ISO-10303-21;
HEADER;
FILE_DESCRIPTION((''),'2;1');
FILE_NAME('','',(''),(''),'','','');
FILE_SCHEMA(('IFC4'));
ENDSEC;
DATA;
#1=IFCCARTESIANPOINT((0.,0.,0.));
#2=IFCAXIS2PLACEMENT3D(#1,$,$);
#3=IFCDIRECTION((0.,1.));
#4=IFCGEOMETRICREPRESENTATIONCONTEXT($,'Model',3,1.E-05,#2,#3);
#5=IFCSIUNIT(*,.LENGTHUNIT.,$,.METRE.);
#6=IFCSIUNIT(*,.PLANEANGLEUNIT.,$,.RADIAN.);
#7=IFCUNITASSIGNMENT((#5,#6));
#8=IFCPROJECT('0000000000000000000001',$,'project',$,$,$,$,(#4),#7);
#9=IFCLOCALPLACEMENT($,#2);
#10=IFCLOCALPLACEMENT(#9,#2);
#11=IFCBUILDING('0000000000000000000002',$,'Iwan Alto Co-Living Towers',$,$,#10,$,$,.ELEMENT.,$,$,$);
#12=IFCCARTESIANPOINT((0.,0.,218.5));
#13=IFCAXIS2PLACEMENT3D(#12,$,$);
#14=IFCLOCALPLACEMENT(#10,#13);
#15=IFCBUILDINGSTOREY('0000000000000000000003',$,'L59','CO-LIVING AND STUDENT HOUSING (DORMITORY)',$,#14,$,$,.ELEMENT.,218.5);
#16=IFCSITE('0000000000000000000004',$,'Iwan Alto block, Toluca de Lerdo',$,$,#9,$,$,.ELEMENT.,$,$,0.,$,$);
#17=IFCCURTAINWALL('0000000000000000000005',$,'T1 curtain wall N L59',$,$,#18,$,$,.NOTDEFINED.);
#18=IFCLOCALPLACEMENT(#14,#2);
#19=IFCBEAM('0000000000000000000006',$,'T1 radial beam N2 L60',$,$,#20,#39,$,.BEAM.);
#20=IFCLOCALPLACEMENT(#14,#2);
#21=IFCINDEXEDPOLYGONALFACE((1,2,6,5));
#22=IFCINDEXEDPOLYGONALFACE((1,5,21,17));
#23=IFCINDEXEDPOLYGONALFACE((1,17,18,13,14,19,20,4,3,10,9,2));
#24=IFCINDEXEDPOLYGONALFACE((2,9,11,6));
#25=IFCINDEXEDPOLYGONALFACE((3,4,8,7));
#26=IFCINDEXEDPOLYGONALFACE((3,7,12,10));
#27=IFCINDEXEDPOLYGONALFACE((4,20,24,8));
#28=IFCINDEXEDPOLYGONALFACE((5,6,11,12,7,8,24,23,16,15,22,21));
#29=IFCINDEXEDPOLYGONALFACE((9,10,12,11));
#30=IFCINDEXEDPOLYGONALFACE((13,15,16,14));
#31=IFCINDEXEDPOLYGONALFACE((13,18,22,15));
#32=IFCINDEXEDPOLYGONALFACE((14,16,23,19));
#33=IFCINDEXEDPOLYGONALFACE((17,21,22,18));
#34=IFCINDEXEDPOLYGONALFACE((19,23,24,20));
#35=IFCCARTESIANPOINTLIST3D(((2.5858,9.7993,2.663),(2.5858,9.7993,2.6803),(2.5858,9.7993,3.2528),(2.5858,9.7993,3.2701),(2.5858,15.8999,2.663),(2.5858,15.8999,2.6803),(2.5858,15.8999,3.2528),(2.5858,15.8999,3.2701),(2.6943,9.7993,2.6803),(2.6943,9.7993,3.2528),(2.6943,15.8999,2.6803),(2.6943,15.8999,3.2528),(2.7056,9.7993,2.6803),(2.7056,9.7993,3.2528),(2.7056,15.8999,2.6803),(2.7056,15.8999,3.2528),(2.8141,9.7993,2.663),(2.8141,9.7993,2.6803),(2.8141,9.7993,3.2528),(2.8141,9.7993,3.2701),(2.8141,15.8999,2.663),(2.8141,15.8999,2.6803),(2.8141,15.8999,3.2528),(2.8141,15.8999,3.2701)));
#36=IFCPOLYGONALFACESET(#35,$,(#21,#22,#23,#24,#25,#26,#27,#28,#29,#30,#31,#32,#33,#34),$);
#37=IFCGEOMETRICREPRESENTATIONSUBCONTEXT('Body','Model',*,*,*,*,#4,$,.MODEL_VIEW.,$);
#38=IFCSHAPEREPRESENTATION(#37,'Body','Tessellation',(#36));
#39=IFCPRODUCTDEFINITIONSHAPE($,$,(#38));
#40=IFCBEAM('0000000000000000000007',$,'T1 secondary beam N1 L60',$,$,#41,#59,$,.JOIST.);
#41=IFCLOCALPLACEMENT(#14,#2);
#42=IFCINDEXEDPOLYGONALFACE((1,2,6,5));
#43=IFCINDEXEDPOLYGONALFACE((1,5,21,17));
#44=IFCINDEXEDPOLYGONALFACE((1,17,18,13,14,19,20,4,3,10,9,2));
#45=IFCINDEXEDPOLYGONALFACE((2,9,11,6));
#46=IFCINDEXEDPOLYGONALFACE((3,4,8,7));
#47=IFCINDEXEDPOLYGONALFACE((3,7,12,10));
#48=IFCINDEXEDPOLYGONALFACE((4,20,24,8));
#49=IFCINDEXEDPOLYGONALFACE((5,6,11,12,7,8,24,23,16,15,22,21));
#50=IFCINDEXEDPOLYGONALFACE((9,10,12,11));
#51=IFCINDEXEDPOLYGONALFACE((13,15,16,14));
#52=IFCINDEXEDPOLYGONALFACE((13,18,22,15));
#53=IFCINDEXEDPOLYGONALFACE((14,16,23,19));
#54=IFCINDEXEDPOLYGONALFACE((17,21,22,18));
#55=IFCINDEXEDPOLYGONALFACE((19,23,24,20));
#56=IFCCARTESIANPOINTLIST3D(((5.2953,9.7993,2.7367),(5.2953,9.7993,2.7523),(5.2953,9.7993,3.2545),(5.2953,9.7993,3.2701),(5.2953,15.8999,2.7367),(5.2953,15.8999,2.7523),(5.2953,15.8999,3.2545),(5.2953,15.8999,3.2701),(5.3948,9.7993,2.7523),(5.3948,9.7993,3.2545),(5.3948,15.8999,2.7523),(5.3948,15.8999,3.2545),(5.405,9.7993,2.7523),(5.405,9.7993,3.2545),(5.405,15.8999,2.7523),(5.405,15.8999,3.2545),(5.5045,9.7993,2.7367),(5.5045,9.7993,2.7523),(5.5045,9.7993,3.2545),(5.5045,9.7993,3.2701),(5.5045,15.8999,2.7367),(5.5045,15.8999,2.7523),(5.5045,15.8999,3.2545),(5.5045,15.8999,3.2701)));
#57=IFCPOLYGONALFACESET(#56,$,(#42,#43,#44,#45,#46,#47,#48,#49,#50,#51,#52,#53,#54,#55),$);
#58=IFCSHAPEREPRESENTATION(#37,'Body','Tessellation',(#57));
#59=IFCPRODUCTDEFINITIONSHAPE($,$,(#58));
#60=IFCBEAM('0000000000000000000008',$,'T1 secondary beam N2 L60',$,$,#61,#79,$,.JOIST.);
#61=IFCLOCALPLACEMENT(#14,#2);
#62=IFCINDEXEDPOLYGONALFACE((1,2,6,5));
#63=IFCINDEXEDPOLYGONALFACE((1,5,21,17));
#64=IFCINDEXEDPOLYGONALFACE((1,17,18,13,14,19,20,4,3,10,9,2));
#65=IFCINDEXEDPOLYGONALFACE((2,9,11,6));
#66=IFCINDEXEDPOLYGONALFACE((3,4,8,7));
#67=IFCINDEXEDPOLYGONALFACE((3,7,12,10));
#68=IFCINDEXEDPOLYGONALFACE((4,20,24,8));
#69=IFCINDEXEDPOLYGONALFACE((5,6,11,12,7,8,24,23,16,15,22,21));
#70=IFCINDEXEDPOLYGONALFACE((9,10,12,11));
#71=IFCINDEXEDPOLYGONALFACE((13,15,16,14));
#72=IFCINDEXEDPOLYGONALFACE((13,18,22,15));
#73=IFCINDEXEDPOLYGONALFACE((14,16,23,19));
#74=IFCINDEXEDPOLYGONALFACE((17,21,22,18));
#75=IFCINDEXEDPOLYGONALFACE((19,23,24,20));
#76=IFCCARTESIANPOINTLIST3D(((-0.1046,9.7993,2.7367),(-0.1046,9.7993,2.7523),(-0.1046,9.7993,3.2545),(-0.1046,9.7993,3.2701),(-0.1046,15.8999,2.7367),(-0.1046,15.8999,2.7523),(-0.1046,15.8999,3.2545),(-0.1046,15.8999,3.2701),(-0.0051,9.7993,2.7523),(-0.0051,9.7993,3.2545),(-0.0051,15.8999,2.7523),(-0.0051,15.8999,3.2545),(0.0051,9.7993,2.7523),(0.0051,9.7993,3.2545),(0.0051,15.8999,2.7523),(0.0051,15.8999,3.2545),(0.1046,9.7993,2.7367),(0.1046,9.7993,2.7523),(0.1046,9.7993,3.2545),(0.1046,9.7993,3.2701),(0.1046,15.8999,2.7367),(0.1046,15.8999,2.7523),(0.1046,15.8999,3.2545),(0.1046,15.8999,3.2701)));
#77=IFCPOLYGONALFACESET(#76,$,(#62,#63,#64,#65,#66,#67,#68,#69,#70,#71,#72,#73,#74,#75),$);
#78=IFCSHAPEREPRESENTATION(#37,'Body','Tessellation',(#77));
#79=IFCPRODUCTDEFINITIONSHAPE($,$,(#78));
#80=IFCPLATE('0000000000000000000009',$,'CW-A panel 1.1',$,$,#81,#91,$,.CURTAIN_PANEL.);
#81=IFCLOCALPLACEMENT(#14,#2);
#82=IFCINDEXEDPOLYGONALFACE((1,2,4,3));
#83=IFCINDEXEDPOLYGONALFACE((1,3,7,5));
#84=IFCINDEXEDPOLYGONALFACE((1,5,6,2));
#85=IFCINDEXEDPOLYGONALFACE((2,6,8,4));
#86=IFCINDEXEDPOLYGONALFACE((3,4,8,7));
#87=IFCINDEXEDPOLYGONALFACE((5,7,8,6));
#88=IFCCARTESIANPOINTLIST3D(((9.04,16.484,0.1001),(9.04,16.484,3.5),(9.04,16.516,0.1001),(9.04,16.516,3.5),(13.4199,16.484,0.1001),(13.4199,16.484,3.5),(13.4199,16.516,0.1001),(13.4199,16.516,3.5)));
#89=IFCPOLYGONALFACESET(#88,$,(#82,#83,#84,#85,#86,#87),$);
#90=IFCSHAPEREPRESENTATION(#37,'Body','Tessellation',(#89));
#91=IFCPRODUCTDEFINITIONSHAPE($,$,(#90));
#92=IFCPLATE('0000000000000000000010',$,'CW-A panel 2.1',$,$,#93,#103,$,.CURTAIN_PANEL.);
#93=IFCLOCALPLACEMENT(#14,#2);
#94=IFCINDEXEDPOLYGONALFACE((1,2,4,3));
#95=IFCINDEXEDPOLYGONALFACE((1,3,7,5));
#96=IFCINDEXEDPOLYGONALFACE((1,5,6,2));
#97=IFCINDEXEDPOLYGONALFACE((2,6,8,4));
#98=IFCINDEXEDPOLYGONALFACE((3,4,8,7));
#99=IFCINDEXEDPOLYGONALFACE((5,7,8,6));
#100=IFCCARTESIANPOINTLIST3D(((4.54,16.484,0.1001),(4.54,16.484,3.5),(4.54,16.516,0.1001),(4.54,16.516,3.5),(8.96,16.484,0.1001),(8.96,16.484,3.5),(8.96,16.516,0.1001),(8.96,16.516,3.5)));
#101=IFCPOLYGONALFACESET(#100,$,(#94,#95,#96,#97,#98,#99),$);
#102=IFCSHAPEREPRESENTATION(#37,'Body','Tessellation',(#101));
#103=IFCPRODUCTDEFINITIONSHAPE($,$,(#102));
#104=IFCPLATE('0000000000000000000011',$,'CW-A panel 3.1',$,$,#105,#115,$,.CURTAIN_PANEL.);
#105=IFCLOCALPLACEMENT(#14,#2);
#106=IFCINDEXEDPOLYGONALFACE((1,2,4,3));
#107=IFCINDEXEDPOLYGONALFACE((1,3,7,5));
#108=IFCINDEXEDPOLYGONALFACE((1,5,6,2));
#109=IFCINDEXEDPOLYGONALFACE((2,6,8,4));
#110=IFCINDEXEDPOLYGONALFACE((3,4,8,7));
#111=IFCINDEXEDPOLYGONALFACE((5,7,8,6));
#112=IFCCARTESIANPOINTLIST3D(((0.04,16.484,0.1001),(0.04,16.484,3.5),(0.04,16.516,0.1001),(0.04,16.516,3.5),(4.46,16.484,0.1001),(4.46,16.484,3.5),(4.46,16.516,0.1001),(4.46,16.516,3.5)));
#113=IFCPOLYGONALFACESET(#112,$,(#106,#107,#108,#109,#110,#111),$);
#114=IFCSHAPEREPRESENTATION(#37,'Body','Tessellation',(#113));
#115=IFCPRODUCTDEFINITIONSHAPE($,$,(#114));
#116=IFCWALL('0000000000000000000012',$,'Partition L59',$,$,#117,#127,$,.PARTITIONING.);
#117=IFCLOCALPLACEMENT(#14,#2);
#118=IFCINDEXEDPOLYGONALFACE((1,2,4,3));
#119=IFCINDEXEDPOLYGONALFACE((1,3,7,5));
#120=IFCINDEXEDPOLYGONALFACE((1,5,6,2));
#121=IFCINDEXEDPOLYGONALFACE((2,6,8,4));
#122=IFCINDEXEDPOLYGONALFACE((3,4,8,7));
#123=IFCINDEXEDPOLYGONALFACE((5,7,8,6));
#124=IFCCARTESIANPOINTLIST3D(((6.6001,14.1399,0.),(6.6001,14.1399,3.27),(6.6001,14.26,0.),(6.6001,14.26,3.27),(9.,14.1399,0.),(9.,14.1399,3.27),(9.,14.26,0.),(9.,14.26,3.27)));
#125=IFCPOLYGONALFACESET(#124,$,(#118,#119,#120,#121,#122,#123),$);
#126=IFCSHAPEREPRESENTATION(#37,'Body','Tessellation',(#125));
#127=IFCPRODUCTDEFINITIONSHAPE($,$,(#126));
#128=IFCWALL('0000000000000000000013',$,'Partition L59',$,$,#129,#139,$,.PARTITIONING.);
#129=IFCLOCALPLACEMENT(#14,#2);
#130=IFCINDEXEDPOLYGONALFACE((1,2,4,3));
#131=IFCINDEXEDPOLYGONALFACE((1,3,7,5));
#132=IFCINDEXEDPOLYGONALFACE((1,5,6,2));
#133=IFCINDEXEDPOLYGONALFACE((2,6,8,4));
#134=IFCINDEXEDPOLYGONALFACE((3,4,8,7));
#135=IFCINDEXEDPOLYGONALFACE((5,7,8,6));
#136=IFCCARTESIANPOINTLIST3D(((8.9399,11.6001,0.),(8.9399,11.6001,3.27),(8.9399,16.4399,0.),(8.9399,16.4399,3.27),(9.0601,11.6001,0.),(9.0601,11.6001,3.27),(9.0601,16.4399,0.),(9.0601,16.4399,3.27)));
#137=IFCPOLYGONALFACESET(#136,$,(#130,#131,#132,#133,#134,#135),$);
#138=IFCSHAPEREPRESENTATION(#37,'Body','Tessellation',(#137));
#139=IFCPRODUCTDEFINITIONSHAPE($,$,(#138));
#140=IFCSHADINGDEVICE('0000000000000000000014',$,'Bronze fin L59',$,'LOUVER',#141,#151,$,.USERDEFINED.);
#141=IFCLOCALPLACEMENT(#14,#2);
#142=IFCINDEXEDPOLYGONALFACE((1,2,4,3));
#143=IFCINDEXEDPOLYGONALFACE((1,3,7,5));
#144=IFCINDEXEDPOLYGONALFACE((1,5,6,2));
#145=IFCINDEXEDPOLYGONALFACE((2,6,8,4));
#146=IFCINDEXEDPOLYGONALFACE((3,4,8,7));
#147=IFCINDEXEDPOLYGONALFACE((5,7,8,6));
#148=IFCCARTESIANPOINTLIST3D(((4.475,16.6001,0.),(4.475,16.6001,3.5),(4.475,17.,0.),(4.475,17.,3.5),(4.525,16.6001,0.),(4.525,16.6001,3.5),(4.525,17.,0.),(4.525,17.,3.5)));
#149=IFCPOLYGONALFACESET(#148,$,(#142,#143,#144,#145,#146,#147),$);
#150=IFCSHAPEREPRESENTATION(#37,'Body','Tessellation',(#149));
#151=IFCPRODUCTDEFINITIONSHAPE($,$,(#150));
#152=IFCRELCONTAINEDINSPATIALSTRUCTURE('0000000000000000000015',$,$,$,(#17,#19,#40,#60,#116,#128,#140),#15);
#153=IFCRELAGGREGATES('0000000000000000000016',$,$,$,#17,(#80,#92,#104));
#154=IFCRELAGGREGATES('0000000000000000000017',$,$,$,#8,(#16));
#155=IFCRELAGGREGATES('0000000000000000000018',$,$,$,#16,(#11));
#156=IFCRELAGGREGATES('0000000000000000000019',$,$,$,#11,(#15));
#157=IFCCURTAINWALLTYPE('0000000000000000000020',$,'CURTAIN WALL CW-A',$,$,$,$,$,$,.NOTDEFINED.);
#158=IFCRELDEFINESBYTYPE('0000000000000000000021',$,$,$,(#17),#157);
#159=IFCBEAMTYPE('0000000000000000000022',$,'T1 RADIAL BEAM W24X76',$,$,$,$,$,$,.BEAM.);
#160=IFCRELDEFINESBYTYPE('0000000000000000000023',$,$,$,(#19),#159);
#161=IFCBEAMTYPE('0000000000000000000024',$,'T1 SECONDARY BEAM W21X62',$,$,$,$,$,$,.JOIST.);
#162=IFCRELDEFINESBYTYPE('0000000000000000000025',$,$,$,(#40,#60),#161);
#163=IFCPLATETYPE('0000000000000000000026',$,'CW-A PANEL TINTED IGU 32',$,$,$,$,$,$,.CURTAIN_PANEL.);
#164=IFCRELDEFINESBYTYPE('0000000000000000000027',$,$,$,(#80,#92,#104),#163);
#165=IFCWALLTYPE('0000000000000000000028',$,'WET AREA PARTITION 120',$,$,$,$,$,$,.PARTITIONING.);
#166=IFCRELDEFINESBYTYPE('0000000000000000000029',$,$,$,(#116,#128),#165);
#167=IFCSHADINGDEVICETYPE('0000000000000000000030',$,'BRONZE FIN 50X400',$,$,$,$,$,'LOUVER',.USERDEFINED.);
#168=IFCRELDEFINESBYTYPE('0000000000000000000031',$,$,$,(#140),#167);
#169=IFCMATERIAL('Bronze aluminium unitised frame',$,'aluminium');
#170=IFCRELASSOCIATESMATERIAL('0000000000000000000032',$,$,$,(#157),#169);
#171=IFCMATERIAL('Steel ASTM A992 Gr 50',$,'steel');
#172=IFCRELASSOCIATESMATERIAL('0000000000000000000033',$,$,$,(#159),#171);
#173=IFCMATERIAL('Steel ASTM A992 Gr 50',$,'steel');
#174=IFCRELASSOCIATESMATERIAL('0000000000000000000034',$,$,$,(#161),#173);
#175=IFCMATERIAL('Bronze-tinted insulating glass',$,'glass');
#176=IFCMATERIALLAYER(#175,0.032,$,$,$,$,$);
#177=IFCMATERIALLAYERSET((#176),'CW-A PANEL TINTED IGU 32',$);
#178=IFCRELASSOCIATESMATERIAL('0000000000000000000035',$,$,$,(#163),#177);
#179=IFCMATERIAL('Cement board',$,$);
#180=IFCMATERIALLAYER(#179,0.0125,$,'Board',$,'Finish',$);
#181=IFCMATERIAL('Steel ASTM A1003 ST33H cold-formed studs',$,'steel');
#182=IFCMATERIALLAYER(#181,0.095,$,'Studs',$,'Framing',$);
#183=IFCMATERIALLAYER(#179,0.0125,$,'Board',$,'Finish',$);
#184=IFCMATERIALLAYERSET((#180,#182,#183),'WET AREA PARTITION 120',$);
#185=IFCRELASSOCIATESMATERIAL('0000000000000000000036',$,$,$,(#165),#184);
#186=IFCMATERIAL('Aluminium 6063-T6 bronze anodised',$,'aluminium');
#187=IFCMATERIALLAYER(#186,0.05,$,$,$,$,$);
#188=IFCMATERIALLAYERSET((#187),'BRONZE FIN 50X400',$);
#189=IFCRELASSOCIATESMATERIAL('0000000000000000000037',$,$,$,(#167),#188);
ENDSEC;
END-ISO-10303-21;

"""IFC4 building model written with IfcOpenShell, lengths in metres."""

from ifc_helpers import new_model, si_unit, direction, frame, frame_2d, origin, origin_2d, place, context, subcontext, project, spatial, rectangle, i_section, extrude, material, layer, layer_set, material_profile, profile_set, type_object, element, aggregate, save


model = new_model("IFC4")

# Units and contexts
model_context = context("Model", 3, precision=1e-05, world=origin(), true_north=direction((0.0, 1.0)))
body_context = subcontext(model_context, "Body", "Model", "MODEL_VIEW")
ifc_project = project(units=[si_unit("LENGTHUNIT", "METRE"), si_unit("PLANEANGLEUNIT", "RADIAN")], contexts=[model_context])

# Site, building, storey
site_placement = place(None, origin())
site = spatial("IfcSite", under=ifc_project, at=site_placement, Name="Iwan Alto block, Toluca de Lerdo", CompositionType="ELEMENT", RefElevation=0.0)
building_placement = place(site_placement, origin())
building = spatial("IfcBuilding", under=site, at=building_placement, Name="Iwan Alto Co-Living Towers", CompositionType="ELEMENT")
storey_placement = place(building_placement, frame((0.0, 0.0, 218.5)))
storey = spatial("IfcBuildingStorey", under=building, at=storey_placement, Name="L59", Description="CO-LIVING AND STUDENT HOUSING (DORMITORY)", CompositionType="ELEMENT", Elevation=218.5)

# Curtain wall
ifc_material_1 = material(Name="Bronze aluminium unitised frame", Category="aluminium")
curtain_wall_type = type_object("IfcCurtainWallType", Name="CURTAIN WALL CW-A", PredefinedType="NOTDEFINED", material=ifc_material_1)
curtain_wall_placement = place(storey_placement, origin())
curtain_wall = element("IfcCurtainWall", 1, at=curtain_wall_placement, inside=storey, type_object=curtain_wall_type, Name="T1 curtain wall N L59", PredefinedType="NOTDEFINED")

# Beams
ifc_material_2 = material(Name="Steel ASTM A992 Gr 50", Category="steel")
ifc_material_profile_1 = material_profile(ifc_material_2, i_section(OverallWidth=0.2283, OverallDepth=0.6072, WebThickness=0.0112, FlangeThickness=0.0173, at=origin_2d()), Name="W24X76")
ifc_profile_set_1 = profile_set([ifc_material_profile_1], Name="Steel ASTM A992 Gr 50")
beam_type_1 = type_object("IfcBeamType", Name="T1 RADIAL BEAM W24X76", PredefinedType="BEAM", material=ifc_profile_set_1)
for number, where, z_axis, x_axis, name in (
    (2, (2.7, 15.8999, 2.9666), (0.0, -1.0, 0.0), (1.0, 0.0, 0.0), "T1 radial beam N2 L60"),
):
    element("IfcBeam", number, at=place(storey_placement, frame(where, z_axis=z_axis, x_axis=x_axis)), inside=storey, type_object=beam_type_1, Name=name, PredefinedType="BEAM", context=body_context, shape_type="SweptSolid", body=[
        extrude(i_section(OverallWidth=0.2283, OverallDepth=0.6072, WebThickness=0.0112, FlangeThickness=0.0173, at=origin_2d()), origin(), (0.0, 0.0, 1.0), 6.1006),
    ])
ifc_material_3 = material(Name="Steel ASTM A992 Gr 50", Category="steel")
ifc_material_profile_2 = material_profile(ifc_material_3, i_section(OverallWidth=0.2092, OverallDepth=0.5334, WebThickness=0.0103, FlangeThickness=0.0156, at=origin_2d()), Name="W21X62")
ifc_profile_set_2 = profile_set([ifc_material_profile_2], Name="Steel ASTM A992 Gr 50")
beam_type_2 = type_object("IfcBeamType", Name="T1 SECONDARY BEAM W21X62", PredefinedType="JOIST", material=ifc_profile_set_2)
for number, where, z_axis, x_axis, name in (
    (3, (5.3999, 15.8999, 3.0034), (0.0, -1.0, 0.0), (1.0, 0.0, 0.0), "T1 secondary beam N1 L60"),
    (4, (0.0, 15.8999, 3.0034), (0.0, -1.0, 0.0), (1.0, 0.0, 0.0), "T1 secondary beam N2 L60"),
):
    element("IfcBeam", number, at=place(storey_placement, frame(where, z_axis=z_axis, x_axis=x_axis)), inside=storey, type_object=beam_type_2, Name=name, PredefinedType="JOIST", context=body_context, shape_type="SweptSolid", body=[
        extrude(i_section(OverallWidth=0.2092, OverallDepth=0.5334, WebThickness=0.0103, FlangeThickness=0.0156, at=origin_2d()), origin(), (0.0, 0.0, 1.0), 6.1006),
    ])

# Plates
ifc_material_4 = material(Name="Bronze-tinted insulating glass", Category="glass")
ifc_layer_1 = layer(ifc_material_4, 0.032)
ifc_layer_set_1 = layer_set([ifc_layer_1], Name="CW-A PANEL TINTED IGU 32")
plate_type = type_object("IfcPlateType", Name="CW-A PANEL TINTED IGU 32", PredefinedType="CURTAIN_PANEL", material=ifc_layer_set_1)
plate_1_placement = place(storey_placement, frame((11.23, 16.5, 0.1001), z_axis=(0.0, 0.0, 1.0), x_axis=(-1.0, 0.0, 0.0)))
plate_1 = element("IfcPlate", 5, at=plate_1_placement, type_object=plate_type, Name="CW-A panel 1.1", PredefinedType="CURTAIN_PANEL", context=body_context, shape_type="SweptSolid", body=[
    extrude(rectangle(XDim=4.3799, YDim=0.032, at=origin_2d()), origin(), (0.0, 0.0, 1.0), 3.3999),
])
plate_2_placement = place(storey_placement, frame((6.75, 16.5, 0.1001), z_axis=(0.0, 0.0, 1.0), x_axis=(-1.0, 0.0, 0.0)))
plate_2 = element("IfcPlate", 6, at=plate_2_placement, type_object=plate_type, Name="CW-A panel 2.1", PredefinedType="CURTAIN_PANEL", context=body_context, shape_type="SweptSolid", body=[
    extrude(rectangle(XDim=4.4199, YDim=0.032, at=origin_2d()), origin(), (0.0, 0.0, 1.0), 3.3999),
])
plate_3_placement = place(storey_placement, frame((2.25, 16.5, 0.1001), z_axis=(0.0, 0.0, 1.0), x_axis=(-1.0, 0.0, 0.0)))
plate_3 = element("IfcPlate", 7, at=plate_3_placement, type_object=plate_type, Name="CW-A panel 3.1", PredefinedType="CURTAIN_PANEL", context=body_context, shape_type="SweptSolid", body=[
    extrude(rectangle(XDim=4.4199, YDim=0.032, at=origin_2d()), origin(), (0.0, 0.0, 1.0), 3.3999),
])
aggregate(curtain_wall, [plate_1, plate_2, plate_3])

# Walls
ifc_material_5 = material(Name="Cement board")
ifc_layer_2 = layer(ifc_material_5, 0.0125, Name="Board", Category="Finish")
ifc_material_6 = material(Name="Steel ASTM A1003 ST33H cold-formed studs", Category="steel")
ifc_layer_3 = layer(ifc_material_6, 0.095, Name="Studs", Category="Framing")
ifc_layer_4 = layer(ifc_material_5, 0.0125, Name="Board", Category="Finish")
ifc_layer_set_2 = layer_set([ifc_layer_2, ifc_layer_3, ifc_layer_4], Name="WET AREA PARTITION 120")
wall_type = type_object("IfcWallType", Name="WET AREA PARTITION 120", PredefinedType="PARTITIONING", material=ifc_layer_set_2)
wall_1_placement = place(storey_placement, frame((6.6001, 14.2, 0.0), z_axis=(0.0, 0.0, 1.0), x_axis=(1.0, 0.0, 0.0)))
element("IfcWall", 8, at=wall_1_placement, inside=storey, type_object=wall_type, Name="Partition L59", PredefinedType="PARTITIONING", context=body_context, shape_type="SweptSolid", body=[
    extrude(rectangle(XDim=2.3999, YDim=0.1201, at=frame_2d((1.2, 0.0))), origin(), (0.0, 0.0, 1.0), 3.27),
])
wall_2_placement = place(storey_placement, frame((9.0, 11.6001, 0.0), z_axis=(0.0, 0.0, 1.0), x_axis=(0.0, 1.0, 0.0)))
element("IfcWall", 9, at=wall_2_placement, inside=storey, type_object=wall_type, Name="Partition L59", PredefinedType="PARTITIONING", context=body_context, shape_type="SweptSolid", body=[
    extrude(rectangle(XDim=4.8398, YDim=0.1201, at=frame_2d((2.4199, 0.0))), origin(), (0.0, 0.0, 1.0), 3.27),
])

# Shading device
ifc_material_7 = material(Name="Aluminium 6063-T6 bronze anodised", Category="aluminium")
ifc_layer_5 = layer(ifc_material_7, 0.05)
ifc_layer_set_3 = layer_set([ifc_layer_5], Name="BRONZE FIN 50X400")
shading_device_type = type_object("IfcShadingDeviceType", Name="BRONZE FIN 50X400", ElementType="LOUVER", PredefinedType="USERDEFINED", material=ifc_layer_set_3)
shading_device_placement = place(storey_placement, frame((4.5, 16.8, 0.0), z_axis=(0.0, 0.0, 1.0), x_axis=(-1.0, 0.0, 0.0)))
element("IfcShadingDevice", 10, at=shading_device_placement, inside=storey, type_object=shading_device_type, Name="Bronze fin L59", ObjectType="LOUVER", PredefinedType="USERDEFINED", context=body_context, shape_type="SweptSolid", body=[
    extrude(rectangle(XDim=0.05, YDim=0.3999, at=origin_2d()), origin(), (0.0, 0.0, 1.0), 3.5),
])

save(model, "model.ifc")
